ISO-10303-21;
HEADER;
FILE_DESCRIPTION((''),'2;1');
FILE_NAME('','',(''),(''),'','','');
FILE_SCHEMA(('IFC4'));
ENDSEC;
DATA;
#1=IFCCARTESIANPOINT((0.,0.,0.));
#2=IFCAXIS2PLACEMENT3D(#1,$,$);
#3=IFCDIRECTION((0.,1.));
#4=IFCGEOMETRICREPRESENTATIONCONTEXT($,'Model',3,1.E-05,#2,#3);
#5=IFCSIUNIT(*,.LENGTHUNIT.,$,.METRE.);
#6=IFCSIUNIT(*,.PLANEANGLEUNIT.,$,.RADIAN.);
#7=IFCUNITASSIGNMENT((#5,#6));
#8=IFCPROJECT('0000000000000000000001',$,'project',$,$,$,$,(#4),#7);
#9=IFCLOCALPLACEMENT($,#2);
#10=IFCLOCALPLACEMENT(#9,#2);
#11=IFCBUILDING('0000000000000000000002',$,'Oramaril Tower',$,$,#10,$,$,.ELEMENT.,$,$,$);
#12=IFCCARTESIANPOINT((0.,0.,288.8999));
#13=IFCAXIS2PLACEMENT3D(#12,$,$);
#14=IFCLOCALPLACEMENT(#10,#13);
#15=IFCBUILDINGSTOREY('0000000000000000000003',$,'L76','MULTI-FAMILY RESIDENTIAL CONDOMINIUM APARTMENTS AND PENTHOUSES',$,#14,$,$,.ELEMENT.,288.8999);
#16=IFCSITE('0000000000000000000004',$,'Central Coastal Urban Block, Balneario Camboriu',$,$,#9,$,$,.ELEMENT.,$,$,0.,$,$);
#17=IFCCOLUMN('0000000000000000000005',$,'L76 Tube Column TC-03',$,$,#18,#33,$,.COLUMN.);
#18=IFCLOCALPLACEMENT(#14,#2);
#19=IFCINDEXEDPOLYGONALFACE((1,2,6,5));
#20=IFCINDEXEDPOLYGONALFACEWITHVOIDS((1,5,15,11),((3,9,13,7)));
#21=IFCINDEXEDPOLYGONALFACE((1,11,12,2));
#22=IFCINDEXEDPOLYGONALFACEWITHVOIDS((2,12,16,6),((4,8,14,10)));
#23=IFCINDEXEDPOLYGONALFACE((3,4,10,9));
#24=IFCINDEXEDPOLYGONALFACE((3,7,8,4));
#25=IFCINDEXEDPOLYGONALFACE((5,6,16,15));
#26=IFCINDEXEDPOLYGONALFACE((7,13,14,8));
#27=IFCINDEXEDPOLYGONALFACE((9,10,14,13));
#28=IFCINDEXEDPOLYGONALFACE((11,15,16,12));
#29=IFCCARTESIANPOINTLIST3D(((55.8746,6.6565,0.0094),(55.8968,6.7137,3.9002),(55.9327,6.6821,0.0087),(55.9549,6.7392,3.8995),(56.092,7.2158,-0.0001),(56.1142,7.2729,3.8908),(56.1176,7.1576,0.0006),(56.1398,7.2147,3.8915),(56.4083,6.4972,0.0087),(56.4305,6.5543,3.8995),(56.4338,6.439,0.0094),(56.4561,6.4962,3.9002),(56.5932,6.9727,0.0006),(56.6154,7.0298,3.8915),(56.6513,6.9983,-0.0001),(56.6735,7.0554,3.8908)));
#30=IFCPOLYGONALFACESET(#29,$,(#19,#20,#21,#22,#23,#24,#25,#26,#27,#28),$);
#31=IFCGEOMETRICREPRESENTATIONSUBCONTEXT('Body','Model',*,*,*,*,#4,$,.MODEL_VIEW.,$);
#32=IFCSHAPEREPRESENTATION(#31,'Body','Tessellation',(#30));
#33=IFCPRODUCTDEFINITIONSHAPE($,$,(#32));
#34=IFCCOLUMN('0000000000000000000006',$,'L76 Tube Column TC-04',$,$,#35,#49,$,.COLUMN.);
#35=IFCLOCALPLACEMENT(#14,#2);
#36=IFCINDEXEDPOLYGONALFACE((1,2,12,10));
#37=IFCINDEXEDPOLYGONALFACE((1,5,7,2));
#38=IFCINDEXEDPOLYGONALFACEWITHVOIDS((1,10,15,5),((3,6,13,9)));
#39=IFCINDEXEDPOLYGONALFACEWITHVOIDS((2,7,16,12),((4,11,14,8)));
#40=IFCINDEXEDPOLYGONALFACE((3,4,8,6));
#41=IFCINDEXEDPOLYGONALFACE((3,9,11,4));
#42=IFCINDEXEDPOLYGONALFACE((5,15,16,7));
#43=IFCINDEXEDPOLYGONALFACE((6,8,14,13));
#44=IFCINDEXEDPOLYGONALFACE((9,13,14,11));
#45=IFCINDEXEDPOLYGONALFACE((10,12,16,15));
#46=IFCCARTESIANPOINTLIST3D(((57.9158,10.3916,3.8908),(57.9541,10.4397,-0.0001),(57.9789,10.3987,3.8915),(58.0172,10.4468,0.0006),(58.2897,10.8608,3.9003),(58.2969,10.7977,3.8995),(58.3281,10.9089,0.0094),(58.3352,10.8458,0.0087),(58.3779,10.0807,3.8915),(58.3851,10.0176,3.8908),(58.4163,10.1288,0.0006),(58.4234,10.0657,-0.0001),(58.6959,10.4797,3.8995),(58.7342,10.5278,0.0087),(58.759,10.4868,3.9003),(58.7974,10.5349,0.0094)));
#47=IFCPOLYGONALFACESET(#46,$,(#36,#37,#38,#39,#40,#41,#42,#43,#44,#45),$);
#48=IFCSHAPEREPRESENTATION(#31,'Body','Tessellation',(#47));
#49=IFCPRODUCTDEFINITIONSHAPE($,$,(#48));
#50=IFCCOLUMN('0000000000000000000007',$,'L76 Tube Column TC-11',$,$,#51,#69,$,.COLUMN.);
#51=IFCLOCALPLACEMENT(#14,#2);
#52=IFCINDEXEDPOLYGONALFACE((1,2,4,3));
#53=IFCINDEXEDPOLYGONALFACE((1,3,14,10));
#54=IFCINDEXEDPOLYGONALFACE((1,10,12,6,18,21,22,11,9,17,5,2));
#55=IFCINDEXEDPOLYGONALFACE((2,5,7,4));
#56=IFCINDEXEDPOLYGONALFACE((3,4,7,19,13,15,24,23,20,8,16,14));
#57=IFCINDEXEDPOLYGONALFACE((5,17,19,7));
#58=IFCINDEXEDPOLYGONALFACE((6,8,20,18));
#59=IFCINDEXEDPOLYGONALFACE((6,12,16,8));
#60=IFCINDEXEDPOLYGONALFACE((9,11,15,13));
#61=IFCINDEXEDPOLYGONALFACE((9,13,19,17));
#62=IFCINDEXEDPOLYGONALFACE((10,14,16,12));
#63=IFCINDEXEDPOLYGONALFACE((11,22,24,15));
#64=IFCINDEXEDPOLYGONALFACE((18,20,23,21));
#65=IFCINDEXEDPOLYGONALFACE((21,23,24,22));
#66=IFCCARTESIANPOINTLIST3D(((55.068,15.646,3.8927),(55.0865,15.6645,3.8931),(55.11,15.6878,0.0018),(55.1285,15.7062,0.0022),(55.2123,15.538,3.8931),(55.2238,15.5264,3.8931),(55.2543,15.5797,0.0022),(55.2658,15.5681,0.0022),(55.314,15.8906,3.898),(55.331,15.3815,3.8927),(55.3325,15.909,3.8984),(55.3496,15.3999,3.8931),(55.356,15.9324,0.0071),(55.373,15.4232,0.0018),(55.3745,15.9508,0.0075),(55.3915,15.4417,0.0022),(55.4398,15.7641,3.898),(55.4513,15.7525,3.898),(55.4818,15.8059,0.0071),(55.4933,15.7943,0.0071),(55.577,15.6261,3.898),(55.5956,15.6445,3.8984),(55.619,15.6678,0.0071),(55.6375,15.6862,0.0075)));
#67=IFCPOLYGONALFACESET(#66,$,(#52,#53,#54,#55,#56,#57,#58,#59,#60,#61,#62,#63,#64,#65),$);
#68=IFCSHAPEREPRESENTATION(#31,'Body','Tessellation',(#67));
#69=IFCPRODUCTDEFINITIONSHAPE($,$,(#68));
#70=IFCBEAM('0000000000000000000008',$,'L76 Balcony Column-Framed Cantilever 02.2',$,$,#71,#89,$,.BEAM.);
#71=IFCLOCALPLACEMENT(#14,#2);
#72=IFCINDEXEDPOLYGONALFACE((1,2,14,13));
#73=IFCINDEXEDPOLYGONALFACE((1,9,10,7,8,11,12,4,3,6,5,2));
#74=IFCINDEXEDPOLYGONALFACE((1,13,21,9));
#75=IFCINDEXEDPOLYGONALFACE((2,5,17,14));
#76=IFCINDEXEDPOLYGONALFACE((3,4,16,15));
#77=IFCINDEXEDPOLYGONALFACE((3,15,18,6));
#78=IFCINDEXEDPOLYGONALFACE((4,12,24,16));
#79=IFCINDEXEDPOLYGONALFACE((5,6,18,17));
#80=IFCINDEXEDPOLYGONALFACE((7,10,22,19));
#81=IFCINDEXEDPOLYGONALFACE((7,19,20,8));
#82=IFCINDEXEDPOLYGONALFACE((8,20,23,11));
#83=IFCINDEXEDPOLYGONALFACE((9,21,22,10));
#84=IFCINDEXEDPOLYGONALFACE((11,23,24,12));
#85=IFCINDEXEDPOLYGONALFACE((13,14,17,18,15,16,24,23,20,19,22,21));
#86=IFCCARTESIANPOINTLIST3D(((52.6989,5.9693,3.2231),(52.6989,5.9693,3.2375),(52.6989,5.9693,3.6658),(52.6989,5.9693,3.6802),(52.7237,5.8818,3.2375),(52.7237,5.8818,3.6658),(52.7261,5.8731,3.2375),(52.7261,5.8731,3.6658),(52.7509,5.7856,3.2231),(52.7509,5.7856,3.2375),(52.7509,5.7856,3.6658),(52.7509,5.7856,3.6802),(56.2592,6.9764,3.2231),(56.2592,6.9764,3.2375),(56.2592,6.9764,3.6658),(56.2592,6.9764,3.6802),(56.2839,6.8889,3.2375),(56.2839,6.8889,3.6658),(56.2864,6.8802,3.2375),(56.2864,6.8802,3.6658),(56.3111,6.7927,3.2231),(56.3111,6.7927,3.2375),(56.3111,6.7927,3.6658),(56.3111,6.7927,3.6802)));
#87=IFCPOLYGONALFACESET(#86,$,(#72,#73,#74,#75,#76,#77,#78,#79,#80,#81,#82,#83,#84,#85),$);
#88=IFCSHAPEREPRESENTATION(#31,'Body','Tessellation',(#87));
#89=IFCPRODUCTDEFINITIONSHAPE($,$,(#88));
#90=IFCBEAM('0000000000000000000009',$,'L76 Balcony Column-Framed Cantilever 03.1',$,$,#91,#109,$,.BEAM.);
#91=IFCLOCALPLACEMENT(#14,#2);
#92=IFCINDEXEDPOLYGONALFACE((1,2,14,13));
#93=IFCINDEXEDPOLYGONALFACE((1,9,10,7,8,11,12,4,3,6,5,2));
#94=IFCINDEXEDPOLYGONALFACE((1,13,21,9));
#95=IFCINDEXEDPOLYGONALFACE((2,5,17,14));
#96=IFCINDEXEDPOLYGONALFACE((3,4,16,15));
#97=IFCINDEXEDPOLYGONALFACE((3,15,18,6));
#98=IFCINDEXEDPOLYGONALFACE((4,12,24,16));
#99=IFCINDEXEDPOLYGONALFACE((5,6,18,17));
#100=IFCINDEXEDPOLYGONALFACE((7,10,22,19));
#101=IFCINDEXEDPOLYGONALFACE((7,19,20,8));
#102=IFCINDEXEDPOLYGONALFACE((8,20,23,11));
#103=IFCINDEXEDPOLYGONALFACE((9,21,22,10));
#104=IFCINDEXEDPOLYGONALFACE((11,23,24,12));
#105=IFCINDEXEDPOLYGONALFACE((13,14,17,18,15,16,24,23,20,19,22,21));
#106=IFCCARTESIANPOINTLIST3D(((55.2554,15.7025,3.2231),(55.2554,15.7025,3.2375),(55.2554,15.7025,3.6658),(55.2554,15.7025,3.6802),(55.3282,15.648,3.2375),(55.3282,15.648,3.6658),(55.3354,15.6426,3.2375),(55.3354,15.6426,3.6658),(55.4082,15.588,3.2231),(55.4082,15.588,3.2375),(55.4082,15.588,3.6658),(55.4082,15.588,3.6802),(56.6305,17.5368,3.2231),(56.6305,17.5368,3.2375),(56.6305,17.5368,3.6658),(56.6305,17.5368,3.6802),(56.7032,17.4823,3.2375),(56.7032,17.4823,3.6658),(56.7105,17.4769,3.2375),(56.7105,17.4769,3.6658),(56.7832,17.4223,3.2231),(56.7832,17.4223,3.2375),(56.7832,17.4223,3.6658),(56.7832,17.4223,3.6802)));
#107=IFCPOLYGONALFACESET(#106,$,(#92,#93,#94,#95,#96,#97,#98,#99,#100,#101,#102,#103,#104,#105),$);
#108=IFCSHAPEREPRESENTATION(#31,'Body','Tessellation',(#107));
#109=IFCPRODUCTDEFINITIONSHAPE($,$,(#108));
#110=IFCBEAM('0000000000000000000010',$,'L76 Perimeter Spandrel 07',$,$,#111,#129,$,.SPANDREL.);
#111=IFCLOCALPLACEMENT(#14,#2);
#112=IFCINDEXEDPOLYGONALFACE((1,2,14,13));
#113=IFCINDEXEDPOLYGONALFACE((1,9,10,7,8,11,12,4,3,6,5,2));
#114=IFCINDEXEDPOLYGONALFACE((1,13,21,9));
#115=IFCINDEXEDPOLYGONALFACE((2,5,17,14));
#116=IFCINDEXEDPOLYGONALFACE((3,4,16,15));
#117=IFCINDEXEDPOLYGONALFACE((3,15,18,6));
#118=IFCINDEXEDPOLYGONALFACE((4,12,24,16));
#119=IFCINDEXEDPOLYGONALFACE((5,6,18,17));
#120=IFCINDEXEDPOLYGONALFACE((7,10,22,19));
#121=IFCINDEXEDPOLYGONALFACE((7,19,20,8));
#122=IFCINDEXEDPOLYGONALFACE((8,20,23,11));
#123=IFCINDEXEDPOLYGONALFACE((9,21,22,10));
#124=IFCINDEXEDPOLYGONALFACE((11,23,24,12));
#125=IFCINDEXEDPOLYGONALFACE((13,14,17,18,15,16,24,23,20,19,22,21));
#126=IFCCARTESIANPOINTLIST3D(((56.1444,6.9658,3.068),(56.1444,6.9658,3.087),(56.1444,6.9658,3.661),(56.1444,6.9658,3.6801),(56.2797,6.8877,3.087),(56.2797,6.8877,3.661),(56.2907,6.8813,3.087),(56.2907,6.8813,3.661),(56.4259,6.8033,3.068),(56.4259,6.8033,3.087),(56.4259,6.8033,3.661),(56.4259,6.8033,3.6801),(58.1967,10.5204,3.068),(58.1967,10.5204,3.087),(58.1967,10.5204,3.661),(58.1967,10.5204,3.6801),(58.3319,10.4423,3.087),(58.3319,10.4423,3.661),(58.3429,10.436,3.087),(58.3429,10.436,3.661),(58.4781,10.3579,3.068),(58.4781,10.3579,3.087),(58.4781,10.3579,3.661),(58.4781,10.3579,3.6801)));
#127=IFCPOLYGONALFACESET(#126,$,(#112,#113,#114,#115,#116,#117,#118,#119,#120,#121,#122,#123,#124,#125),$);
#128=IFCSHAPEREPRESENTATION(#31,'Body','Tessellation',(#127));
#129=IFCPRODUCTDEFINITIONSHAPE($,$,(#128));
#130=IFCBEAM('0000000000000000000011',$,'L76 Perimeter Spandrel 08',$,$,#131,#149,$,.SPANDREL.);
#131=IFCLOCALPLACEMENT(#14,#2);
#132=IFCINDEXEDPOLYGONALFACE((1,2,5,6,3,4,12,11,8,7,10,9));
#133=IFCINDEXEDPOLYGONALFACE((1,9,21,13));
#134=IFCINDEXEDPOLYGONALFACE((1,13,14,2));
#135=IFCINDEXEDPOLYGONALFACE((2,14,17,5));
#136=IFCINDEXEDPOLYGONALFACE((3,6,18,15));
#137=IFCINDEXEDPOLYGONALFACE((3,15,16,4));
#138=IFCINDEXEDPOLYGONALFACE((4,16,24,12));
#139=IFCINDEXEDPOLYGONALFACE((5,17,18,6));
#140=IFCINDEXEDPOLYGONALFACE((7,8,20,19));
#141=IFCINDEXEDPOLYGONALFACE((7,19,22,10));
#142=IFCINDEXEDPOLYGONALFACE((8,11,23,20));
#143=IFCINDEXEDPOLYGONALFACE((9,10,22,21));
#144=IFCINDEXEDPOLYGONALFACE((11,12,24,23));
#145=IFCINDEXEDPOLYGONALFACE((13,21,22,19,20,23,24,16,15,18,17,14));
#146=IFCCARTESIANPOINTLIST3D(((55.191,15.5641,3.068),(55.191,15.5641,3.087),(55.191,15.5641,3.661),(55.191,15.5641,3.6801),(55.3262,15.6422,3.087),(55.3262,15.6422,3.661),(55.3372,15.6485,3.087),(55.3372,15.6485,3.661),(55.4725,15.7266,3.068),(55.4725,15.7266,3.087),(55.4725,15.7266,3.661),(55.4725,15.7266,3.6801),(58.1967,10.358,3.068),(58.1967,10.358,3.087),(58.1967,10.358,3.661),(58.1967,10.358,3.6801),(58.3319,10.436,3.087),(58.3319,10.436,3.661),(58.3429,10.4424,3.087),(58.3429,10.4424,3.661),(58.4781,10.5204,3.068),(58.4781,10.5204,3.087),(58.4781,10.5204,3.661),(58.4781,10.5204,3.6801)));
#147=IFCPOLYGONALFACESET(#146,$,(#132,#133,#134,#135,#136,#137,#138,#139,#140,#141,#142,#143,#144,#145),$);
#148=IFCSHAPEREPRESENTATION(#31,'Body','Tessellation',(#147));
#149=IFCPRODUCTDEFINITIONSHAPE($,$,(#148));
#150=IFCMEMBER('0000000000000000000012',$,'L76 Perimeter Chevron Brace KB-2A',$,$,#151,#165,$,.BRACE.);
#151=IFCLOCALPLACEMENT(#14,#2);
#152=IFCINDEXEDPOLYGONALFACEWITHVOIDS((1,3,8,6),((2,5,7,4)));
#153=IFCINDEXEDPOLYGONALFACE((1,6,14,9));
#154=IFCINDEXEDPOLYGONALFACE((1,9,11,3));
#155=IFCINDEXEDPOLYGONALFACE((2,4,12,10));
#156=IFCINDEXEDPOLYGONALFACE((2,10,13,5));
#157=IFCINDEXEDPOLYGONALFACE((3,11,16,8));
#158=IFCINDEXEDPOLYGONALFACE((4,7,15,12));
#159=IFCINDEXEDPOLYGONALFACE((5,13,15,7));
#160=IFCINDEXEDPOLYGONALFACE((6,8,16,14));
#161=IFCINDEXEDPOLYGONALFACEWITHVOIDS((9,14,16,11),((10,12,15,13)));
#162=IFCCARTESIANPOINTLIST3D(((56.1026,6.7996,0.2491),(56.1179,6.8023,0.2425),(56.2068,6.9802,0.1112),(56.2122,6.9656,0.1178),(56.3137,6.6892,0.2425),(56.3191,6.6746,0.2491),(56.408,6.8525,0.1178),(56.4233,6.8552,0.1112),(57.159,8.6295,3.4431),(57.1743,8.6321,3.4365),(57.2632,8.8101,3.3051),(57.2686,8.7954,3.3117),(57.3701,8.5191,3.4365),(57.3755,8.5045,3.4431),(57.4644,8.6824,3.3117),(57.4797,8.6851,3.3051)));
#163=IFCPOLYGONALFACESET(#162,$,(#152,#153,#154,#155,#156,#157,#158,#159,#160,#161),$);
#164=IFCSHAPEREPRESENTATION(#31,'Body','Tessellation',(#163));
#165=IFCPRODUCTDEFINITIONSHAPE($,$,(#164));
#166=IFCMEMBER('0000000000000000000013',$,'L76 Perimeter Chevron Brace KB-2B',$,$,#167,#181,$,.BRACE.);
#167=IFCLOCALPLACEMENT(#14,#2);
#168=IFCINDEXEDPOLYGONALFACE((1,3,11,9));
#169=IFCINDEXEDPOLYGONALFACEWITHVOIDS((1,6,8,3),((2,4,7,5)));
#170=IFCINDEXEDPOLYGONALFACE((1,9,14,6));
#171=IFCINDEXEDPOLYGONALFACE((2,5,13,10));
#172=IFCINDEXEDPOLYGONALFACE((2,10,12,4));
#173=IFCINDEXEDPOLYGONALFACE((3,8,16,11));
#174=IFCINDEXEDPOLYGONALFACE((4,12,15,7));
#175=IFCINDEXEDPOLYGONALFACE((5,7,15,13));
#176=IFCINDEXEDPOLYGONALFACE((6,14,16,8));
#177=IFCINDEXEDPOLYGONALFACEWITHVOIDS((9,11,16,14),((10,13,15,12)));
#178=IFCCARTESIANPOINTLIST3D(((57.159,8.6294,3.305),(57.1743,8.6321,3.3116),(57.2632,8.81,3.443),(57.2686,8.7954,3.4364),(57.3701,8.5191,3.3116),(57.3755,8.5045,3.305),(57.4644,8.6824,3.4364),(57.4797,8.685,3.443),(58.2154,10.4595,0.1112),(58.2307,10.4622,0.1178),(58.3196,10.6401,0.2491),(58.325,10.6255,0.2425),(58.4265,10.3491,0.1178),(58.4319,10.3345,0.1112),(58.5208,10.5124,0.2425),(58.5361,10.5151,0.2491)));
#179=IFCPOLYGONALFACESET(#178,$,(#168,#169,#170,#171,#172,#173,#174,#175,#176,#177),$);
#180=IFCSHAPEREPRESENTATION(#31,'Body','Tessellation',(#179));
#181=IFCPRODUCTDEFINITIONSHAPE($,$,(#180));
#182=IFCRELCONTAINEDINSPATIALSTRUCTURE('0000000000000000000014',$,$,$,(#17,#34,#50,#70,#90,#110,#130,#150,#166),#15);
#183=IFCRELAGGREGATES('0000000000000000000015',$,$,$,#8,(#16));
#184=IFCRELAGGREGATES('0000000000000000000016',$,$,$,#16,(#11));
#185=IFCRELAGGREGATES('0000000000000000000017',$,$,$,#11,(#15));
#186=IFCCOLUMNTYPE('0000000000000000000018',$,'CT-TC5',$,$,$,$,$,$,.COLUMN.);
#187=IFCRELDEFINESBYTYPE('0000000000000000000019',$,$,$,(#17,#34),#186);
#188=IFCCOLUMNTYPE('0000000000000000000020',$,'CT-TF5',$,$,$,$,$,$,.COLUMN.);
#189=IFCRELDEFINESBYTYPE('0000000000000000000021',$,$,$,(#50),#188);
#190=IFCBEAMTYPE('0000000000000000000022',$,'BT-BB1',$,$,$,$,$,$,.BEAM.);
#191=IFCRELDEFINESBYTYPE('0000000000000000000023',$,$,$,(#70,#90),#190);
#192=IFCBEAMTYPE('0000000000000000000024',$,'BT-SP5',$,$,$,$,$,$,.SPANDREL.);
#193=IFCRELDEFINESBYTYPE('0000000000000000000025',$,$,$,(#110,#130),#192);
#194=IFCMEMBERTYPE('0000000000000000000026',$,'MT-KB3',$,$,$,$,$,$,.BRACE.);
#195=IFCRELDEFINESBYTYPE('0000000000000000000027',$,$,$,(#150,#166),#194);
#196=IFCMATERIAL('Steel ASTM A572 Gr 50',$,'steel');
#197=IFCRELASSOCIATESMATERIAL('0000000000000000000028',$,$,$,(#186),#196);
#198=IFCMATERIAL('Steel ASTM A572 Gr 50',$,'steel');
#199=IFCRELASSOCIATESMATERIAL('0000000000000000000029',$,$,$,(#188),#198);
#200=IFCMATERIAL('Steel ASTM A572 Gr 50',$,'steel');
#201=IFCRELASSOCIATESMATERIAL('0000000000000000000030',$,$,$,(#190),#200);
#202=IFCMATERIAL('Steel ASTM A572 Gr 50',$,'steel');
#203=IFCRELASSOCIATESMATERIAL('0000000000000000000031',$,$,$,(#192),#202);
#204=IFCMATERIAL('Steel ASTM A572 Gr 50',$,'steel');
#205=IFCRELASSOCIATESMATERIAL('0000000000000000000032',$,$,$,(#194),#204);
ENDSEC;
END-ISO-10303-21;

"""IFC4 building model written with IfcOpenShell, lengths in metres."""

from ifc_helpers import new_model, si_unit, direction, frame, origin, origin_2d, place, context, subcontext, project, spatial, hollow_rectangle, i_section, extrude, material, material_profile, profile_set, type_object, element, save


model = new_model("IFC4")

# Units and contexts
model_context = context("Model", 3, precision=1e-05, world=origin(), true_north=direction((0.0, 1.0)))
body_context = subcontext(model_context, "Body", "Model", "MODEL_VIEW")
ifc_project = project(units=[si_unit("LENGTHUNIT", "METRE"), si_unit("PLANEANGLEUNIT", "RADIAN")], contexts=[model_context])

# Site, building, storey
site_placement = place(None, origin())
site = spatial("IfcSite", under=ifc_project, at=site_placement, Name="Central Coastal Urban Block, Balneario Camboriu", CompositionType="ELEMENT", RefElevation=0.0)
building_placement = place(site_placement, origin())
building = spatial("IfcBuilding", under=site, at=building_placement, Name="Oramaril Tower", CompositionType="ELEMENT")
storey_placement = place(building_placement, frame((0.0, 0.0, 288.8999)))
storey = spatial("IfcBuildingStorey", under=building, at=storey_placement, Name="L76", Description="MULTI-FAMILY RESIDENTIAL CONDOMINIUM APARTMENTS AND PENTHOUSES", CompositionType="ELEMENT", Elevation=288.8999)

# Columns
ifc_material_1 = material(Name="Steel ASTM A572 Gr 50", Category="steel")
ifc_material_profile_1 = material_profile(ifc_material_1, hollow_rectangle(XDim=0.6001, YDim=0.6001, WallThickness=0.0449, at=origin_2d()), Name="BOX600X600X45")
ifc_profile_set_1 = profile_set([ifc_material_profile_1], Name="Steel ASTM A572 Gr 50")
column_type_1 = type_object("IfcColumnType", Name="CT-TC5", PredefinedType="COLUMN", material=ifc_profile_set_1)
for number, where, z_axis, x_axis, name in (
    (1, (56.2629, 6.8274, 0.0046), (0.005709, 0.014681, 0.999876), (-0.932005, 0.362446, 0.0), "L76 Tube Column TC-03"),
    (2, (58.3757, 10.4873, 0.0046), (-0.00985, -0.01236, 0.999875), (0.782029, -0.623242, 0.0), "L76 Tube Column TC-04"),
):
    element("IfcColumn", number, at=place(storey_placement, frame(where, z_axis=z_axis, x_axis=x_axis)), inside=storey, type_object=column_type_1, Name=name, PredefinedType="COLUMN", context=body_context, shape_type="SweptSolid", body=[
        extrude(hollow_rectangle(XDim=0.6001, YDim=0.6001, WallThickness=0.0449, at=origin_2d()), origin(), (0.0, 0.0, 1.0), 3.8914),
    ])
ifc_material_2 = material(Name="Steel ASTM A572 Gr 50", Category="steel")
ifc_material_profile_2 = material_profile(ifc_material_2, i_section(OverallWidth=0.373, OverallDepth=0.373, WebThickness=0.0164, FlangeThickness=0.0261, at=origin_2d()), Name="W14X132")
ifc_profile_set_2 = profile_set([ifc_material_profile_2], Name="Steel ASTM A572 Gr 50")
column_type_2 = type_object("IfcColumnType", Name="CT-TF5", PredefinedType="COLUMN", material=ifc_profile_set_2)
column_placement = place(storey_placement, frame((55.3738, 15.687, 0.0046), z_axis=(-0.010791, -0.010729, 0.999884), x_axis=(0.705042, -0.709165, 0.0)))
element("IfcColumn", 3, at=column_placement, inside=storey, type_object=column_type_2, Name="L76 Tube Column TC-11", PredefinedType="COLUMN", context=body_context, shape_type="SweptSolid", body=[
    extrude(i_section(OverallWidth=0.373, OverallDepth=0.373, WebThickness=0.0164, FlangeThickness=0.0261, at=origin_2d()), origin(), (0.0, 0.0, 1.0), 3.8914),
])

# Beams
ifc_material_3 = material(Name="Steel ASTM A572 Gr 50", Category="steel")
ifc_material_profile_3 = material_profile(ifc_material_3, i_section(OverallWidth=0.1909, OverallDepth=0.457, WebThickness=0.009, FlangeThickness=0.0144, at=origin_2d()), Name="W18X50")
ifc_profile_set_3 = profile_set([ifc_material_profile_3], Name="Steel ASTM A572 Gr 50")
beam_type_1 = type_object("IfcBeamType", Name="BT-BB1", PredefinedType="BEAM", material=ifc_profile_set_3)
beam_1_placement = place(storey_placement, frame((56.2852, 6.8845, 3.4517), z_axis=(-0.962245, -0.272184, 0.0), x_axis=(0.272184, -0.962245, 0.0)))
element("IfcBeam", 4, at=beam_1_placement, inside=storey, type_object=beam_type_1, Name="L76 Balcony Column-Framed Cantilever 02.2", PredefinedType="BEAM", context=body_context, shape_type="SweptSolid", body=[
    extrude(i_section(OverallWidth=0.1909, OverallDepth=0.457, WebThickness=0.009, FlangeThickness=0.0144, at=origin_2d()), origin(), (0.0, 0.0, 1.0), 3.7),
])
beam_2_placement = place(storey_placement, frame((55.3318, 15.6453, 3.4517), z_axis=(0.599813, 0.800141, 0.0), x_axis=(-0.800141, 0.599813, 0.0)))
element("IfcBeam", 5, at=beam_2_placement, inside=storey, type_object=beam_type_1, Name="L76 Balcony Column-Framed Cantilever 03.1", PredefinedType="BEAM", context=body_context, shape_type="SweptSolid", body=[
    extrude(i_section(OverallWidth=0.1909, OverallDepth=0.457, WebThickness=0.009, FlangeThickness=0.0144, at=origin_2d()), origin(), (0.0, 0.0, 1.0), 2.2925),
])
ifc_material_4 = material(Name="Steel ASTM A572 Gr 50", Category="steel")
ifc_material_profile_4 = material_profile(ifc_material_4, i_section(OverallWidth=0.325, OverallDepth=0.6121, WebThickness=0.0127, FlangeThickness=0.019, at=origin_2d()), Name="W24X104")
ifc_profile_set_4 = profile_set([ifc_material_profile_4], Name="Steel ASTM A572 Gr 50")
beam_type_2 = type_object("IfcBeamType", Name="BT-SP5", PredefinedType="SPANDREL", material=ifc_profile_set_4)
beam_3_placement = place(storey_placement, frame((56.2852, 6.8845, 3.374), z_axis=(0.49999, 0.866031, 0.0), x_axis=(-0.866031, 0.49999, 0.0)))
element("IfcBeam", 6, at=beam_3_placement, inside=storey, type_object=beam_type_2, Name="L76 Perimeter Spandrel 07", PredefinedType="SPANDREL", context=body_context, shape_type="SweptSolid", body=[
    extrude(i_section(OverallWidth=0.325, OverallDepth=0.6121, WebThickness=0.0127, FlangeThickness=0.019, at=origin_2d()), origin(), (0.0, 0.0, 1.0), 4.1045),
])
beam_4_placement = place(storey_placement, frame((58.3374, 10.4392, 3.374), z_axis=(-0.499987, 0.866033, 0.0), x_axis=(-0.866033, -0.499987, 0.0)))
element("IfcBeam", 7, at=beam_4_placement, inside=storey, type_object=beam_type_2, Name="L76 Perimeter Spandrel 08", PredefinedType="SPANDREL", context=body_context, shape_type="SweptSolid", body=[
    extrude(i_section(OverallWidth=0.325, OverallDepth=0.6121, WebThickness=0.0127, FlangeThickness=0.019, at=origin_2d()), origin(), (0.0, 0.0, 1.0), 6.0115),
])

# Members
ifc_material_5 = material(Name="Steel ASTM A572 Gr 50", Category="steel")
ifc_material_profile_5 = material_profile(ifc_material_5, hollow_rectangle(XDim=0.25, YDim=0.25, WallThickness=0.012, at=origin_2d()), Name="HSS250X250X12")
ifc_profile_set_5 = profile_set([ifc_material_profile_5], Name="Steel ASTM A572 Gr 50")
member_type = type_object("IfcMemberType", Name="MT-KB3", PredefinedType="BRACE", material=ifc_profile_set_5)
for number, where, z_axis, x_axis, name in (
    (8, (56.2629, 6.8274, 0.1802), (0.275859, 0.477828, 0.834016), (-0.866037, 0.499979, 0.0), "L76 Perimeter Chevron Brace KB-2A"),
    (9, (58.3757, 10.4873, 0.1802), (-0.27585, -0.477877, 0.83399), (0.866066, -0.499929, 0.0), "L76 Perimeter Chevron Brace KB-2B"),
):
    element("IfcMember", number, at=place(storey_placement, frame(where, z_axis=z_axis, x_axis=x_axis)), inside=storey, type_object=member_type, Name=name, PredefinedType="BRACE", context=body_context, shape_type="SweptSolid", body=[
        extrude(hollow_rectangle(XDim=0.25, YDim=0.25, WallThickness=0.012, at=origin_2d()), origin(), (0.0, 0.0, 1.0), 3.8296),
    ])

save(model, "model.ifc")
